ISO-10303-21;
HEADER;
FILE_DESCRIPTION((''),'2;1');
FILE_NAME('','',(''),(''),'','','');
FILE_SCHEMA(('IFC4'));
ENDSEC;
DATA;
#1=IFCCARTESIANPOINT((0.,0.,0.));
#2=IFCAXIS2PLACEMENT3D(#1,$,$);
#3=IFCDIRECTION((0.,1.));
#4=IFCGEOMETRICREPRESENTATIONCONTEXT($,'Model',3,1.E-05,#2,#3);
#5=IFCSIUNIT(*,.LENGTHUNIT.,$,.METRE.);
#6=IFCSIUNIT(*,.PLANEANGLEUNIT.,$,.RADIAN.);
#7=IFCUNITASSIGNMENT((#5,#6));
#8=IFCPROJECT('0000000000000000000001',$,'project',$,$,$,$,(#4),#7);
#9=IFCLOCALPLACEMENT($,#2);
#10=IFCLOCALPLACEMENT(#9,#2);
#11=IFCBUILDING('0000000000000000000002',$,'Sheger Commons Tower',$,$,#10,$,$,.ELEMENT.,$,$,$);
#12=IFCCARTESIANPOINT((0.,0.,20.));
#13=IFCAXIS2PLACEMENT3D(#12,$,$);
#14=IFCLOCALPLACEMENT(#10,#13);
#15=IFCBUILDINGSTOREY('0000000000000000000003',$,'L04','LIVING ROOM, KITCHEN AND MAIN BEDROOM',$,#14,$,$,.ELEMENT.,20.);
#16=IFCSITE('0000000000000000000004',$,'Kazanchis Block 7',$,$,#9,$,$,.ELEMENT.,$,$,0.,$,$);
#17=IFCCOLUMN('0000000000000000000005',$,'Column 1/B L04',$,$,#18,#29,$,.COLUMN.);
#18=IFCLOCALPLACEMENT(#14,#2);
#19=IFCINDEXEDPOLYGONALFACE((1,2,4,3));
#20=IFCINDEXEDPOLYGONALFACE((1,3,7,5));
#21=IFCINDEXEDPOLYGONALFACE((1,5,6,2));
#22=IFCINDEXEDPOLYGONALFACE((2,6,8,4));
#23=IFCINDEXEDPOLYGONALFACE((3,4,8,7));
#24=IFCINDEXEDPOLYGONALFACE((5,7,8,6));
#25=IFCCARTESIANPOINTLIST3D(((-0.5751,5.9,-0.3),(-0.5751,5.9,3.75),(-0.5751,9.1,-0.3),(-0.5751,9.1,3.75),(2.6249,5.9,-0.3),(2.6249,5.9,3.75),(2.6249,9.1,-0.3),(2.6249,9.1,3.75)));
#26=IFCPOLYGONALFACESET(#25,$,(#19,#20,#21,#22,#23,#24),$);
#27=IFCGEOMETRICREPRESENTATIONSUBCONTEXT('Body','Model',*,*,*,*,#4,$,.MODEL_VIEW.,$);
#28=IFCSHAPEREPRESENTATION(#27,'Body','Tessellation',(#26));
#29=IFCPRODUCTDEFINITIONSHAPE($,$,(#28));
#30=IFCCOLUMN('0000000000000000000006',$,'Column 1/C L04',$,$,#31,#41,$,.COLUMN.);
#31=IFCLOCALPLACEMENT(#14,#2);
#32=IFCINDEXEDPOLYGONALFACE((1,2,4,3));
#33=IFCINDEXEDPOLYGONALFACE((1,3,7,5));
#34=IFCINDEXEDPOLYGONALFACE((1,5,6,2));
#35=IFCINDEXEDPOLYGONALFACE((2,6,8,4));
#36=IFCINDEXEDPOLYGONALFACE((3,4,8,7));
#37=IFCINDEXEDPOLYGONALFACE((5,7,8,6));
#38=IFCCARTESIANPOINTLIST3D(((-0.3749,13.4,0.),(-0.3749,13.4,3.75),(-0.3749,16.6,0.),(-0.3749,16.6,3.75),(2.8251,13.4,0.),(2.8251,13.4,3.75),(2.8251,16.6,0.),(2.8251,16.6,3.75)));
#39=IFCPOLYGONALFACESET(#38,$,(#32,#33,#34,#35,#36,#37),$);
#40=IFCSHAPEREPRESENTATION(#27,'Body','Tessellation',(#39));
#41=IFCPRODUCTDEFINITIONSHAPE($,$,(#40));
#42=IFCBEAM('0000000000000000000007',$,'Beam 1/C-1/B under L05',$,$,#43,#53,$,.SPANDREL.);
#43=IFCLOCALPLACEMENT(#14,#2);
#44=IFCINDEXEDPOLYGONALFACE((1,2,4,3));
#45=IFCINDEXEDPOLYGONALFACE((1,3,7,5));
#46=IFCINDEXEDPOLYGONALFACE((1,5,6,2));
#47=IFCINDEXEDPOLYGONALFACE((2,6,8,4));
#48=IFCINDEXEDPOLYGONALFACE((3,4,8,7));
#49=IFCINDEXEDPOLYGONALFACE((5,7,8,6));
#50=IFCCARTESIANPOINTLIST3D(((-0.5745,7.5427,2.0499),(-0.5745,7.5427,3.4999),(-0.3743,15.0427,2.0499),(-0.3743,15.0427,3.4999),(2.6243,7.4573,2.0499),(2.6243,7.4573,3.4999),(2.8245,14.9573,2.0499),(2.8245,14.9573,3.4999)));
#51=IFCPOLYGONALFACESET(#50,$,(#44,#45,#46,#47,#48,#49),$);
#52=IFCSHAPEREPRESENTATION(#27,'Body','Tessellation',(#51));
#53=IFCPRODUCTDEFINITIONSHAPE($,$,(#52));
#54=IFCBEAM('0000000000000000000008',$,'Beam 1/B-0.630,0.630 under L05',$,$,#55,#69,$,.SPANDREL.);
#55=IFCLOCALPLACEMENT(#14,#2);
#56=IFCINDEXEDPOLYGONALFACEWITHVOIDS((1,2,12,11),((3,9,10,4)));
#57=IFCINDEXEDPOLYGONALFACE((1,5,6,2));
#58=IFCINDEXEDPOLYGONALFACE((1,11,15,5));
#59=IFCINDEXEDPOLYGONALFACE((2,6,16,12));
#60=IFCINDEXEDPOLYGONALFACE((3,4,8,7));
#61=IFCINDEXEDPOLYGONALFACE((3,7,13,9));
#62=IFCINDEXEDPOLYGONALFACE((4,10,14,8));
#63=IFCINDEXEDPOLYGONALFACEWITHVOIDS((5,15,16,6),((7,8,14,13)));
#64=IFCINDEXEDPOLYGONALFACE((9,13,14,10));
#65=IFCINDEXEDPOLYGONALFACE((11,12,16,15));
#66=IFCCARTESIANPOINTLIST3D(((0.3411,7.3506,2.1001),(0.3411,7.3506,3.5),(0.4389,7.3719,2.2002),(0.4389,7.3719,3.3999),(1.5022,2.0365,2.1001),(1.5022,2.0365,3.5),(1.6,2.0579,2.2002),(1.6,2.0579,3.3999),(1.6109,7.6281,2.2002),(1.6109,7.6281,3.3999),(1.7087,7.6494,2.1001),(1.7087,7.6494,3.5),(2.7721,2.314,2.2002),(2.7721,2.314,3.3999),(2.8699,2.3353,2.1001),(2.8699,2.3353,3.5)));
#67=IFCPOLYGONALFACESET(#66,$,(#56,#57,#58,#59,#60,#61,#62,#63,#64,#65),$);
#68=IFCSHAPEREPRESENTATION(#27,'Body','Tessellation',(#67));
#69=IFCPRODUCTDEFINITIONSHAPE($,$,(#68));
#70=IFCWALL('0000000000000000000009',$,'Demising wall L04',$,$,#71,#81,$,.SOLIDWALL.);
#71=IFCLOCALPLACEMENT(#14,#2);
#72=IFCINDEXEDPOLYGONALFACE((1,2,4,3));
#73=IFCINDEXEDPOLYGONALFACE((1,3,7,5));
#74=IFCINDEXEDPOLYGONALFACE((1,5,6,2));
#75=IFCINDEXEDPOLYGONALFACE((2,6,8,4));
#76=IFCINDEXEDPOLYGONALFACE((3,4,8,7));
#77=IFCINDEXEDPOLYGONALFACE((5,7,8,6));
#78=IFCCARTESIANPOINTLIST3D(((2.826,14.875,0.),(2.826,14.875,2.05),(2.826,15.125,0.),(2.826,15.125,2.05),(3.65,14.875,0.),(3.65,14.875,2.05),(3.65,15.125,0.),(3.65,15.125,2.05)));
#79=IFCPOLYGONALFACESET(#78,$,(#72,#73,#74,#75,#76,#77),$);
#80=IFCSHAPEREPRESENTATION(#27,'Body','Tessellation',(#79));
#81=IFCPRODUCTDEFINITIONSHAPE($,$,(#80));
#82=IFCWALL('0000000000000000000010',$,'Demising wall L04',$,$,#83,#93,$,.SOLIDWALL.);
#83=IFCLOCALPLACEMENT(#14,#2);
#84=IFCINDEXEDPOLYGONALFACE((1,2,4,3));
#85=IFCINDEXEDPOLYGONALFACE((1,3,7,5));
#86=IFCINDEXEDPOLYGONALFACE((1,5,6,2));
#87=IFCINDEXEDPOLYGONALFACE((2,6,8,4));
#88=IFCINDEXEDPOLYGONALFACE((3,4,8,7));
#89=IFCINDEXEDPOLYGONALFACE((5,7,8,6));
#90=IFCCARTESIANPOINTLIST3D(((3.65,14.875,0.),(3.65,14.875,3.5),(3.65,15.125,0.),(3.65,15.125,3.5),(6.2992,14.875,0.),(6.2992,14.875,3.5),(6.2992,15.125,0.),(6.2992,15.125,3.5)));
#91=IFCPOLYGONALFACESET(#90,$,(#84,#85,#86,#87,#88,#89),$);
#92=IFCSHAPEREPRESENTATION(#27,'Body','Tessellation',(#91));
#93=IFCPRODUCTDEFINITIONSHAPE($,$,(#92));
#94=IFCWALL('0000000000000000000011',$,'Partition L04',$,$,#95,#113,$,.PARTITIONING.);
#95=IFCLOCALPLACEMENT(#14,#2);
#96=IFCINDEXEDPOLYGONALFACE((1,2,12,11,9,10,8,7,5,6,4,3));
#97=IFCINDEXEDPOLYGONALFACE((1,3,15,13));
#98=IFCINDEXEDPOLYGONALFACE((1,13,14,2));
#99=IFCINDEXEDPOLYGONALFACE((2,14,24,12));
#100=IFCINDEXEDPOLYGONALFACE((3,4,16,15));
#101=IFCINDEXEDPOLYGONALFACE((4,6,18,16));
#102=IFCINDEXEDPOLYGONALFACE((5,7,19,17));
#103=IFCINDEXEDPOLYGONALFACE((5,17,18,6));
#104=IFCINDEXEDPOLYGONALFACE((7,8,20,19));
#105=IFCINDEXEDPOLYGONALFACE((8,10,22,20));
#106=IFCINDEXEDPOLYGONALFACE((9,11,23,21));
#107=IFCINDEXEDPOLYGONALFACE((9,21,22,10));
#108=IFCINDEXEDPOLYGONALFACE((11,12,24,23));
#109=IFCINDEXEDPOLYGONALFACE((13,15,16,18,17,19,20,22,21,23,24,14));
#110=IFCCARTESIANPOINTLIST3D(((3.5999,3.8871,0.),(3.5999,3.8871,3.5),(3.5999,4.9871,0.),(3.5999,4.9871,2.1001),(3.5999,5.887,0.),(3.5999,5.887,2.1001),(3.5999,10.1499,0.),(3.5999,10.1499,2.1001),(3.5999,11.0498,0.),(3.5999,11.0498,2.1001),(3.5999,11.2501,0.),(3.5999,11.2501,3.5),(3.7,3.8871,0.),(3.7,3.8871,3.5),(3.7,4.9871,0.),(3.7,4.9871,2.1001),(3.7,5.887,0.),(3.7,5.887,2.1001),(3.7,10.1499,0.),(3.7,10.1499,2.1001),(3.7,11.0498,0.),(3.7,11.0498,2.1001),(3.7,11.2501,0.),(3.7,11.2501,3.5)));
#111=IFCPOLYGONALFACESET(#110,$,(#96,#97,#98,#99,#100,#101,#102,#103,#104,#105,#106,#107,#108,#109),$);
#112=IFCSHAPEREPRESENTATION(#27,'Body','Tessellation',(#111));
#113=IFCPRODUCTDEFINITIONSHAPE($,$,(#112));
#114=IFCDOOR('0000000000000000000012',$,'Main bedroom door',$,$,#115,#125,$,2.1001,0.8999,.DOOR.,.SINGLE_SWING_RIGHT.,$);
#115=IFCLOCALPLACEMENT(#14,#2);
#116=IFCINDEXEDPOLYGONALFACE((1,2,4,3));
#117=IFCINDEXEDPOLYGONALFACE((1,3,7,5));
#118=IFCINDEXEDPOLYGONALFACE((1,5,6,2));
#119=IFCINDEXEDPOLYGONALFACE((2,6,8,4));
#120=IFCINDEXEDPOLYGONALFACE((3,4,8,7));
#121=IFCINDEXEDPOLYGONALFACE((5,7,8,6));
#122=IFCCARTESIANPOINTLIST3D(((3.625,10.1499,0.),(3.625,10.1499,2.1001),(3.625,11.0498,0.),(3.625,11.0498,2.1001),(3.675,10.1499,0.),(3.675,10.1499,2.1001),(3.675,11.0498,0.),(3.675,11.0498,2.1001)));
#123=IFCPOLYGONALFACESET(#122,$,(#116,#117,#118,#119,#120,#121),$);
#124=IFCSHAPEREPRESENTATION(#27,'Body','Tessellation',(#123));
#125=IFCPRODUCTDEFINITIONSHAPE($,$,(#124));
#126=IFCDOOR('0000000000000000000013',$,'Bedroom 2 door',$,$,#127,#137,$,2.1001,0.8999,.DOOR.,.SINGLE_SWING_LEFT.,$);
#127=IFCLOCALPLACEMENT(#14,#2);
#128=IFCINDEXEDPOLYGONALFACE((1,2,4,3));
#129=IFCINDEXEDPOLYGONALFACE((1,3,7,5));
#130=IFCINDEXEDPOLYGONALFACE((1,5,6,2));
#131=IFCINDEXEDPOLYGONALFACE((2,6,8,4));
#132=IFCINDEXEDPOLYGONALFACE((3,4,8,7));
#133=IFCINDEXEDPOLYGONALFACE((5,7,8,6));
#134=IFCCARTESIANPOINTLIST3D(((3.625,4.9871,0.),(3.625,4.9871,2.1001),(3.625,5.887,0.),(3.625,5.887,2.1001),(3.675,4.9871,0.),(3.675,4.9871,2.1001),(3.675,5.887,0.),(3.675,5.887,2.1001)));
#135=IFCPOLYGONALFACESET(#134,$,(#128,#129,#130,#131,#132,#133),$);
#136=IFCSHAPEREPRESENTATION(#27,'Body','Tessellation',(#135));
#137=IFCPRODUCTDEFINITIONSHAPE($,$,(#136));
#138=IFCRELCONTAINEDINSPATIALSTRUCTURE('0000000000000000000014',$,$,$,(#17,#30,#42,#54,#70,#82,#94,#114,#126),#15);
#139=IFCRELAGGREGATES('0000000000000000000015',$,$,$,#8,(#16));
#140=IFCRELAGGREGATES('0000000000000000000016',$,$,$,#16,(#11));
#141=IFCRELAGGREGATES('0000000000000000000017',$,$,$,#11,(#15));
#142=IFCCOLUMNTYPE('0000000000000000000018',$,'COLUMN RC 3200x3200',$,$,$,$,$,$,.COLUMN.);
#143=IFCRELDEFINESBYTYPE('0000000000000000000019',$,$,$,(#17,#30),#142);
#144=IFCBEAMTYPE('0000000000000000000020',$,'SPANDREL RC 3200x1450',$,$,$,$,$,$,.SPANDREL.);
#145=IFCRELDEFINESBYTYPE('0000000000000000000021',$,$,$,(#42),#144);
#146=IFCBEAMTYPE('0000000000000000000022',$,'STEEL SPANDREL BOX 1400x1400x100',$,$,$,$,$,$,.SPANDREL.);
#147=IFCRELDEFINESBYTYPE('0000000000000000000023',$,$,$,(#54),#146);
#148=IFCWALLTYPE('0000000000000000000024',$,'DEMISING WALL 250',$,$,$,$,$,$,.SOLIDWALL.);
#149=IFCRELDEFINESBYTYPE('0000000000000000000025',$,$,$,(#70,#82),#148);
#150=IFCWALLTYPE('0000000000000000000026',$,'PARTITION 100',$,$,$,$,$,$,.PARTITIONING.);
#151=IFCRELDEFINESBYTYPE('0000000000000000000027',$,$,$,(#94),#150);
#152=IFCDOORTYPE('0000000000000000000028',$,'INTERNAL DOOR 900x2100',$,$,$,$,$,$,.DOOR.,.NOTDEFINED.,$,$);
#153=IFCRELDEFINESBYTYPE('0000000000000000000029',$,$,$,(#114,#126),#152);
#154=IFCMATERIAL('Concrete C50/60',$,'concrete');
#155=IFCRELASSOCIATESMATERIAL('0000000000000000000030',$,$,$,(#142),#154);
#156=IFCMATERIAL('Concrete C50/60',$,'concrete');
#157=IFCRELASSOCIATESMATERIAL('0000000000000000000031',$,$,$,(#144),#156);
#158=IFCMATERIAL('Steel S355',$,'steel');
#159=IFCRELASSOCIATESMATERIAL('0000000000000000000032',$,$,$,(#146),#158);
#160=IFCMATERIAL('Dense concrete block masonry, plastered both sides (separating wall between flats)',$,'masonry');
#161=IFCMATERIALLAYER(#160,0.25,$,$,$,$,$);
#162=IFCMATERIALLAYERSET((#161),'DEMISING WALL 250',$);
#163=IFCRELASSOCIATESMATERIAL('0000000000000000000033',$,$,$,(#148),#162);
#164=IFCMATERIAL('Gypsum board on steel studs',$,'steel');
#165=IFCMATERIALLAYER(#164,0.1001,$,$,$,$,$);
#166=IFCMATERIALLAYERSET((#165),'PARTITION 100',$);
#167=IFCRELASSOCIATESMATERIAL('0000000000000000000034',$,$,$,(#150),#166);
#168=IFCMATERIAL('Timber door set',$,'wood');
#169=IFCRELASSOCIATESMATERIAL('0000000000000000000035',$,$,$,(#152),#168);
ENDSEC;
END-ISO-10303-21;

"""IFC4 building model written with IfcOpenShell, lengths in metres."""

from ifc_helpers import new_model, si_unit, direction, frame, frame_2d, origin, origin_2d, place, context, subcontext, project, spatial, rectangle, hollow_rectangle, extrude, material, layer, layer_set, material_profile, profile_set, type_object, element, fill, save


model = new_model("IFC4")

# Units and contexts
model_context = context("Model", 3, precision=1e-05, world=origin(), true_north=direction((0.0, 1.0)))
body_context = subcontext(model_context, "Body", "Model", "MODEL_VIEW")
ifc_project = project(units=[si_unit("LENGTHUNIT", "METRE"), si_unit("PLANEANGLEUNIT", "RADIAN")], contexts=[model_context])

# Site, building, storey
site_placement = place(None, origin())
site = spatial("IfcSite", under=ifc_project, at=site_placement, Name="Kazanchis Block 7", CompositionType="ELEMENT", RefElevation=0.0)
building_placement = place(site_placement, origin())
building = spatial("IfcBuilding", under=site, at=building_placement, Name="Sheger Commons Tower", CompositionType="ELEMENT")
storey_placement = place(building_placement, frame((0.0, 0.0, 20.0)))
storey = spatial("IfcBuildingStorey", under=building, at=storey_placement, Name="L04", Description="LIVING ROOM, KITCHEN AND MAIN BEDROOM", CompositionType="ELEMENT", Elevation=20.0)

# Columns
ifc_material_1 = material(Name="Concrete C50/60", Category="concrete")
ifc_material_profile_1 = material_profile(ifc_material_1, rectangle(XDim=3.2, YDim=3.2, at=origin_2d()), Name="RC 3200x3200")
ifc_profile_set_1 = profile_set([ifc_material_profile_1], Name="Concrete C50/60")
column_type = type_object("IfcColumnType", Name="COLUMN RC 3200x3200", PredefinedType="COLUMN", material=ifc_profile_set_1)
column_1_placement = place(storey_placement, frame((1.0249, 7.5, -0.3), z_axis=(0.0, 0.0, 1.0), x_axis=(1.0, 0.0, 0.0)))
element("IfcColumn", 1, at=column_1_placement, inside=storey, type_object=column_type, Name="Column 1/B L04", PredefinedType="COLUMN", context=body_context, shape_type="SweptSolid", body=[
    extrude(rectangle(XDim=3.2, YDim=3.2, at=origin_2d()), origin(), (0.0, 0.0, 1.0), 4.05),
])
column_2_placement = place(storey_placement, frame((1.2251, 15.0, 0.0), z_axis=(0.0, 0.0, 1.0), x_axis=(1.0, 0.0, 0.0)))
element("IfcColumn", 2, at=column_2_placement, inside=storey, type_object=column_type, Name="Column 1/C L04", PredefinedType="COLUMN", context=body_context, shape_type="SweptSolid", body=[
    extrude(rectangle(XDim=3.2, YDim=3.2, at=origin_2d()), origin(), (0.0, 0.0, 1.0), 3.75),
])

# Beams
ifc_material_2 = material(Name="Concrete C50/60", Category="concrete")
ifc_material_profile_2 = material_profile(ifc_material_2, rectangle(XDim=3.2, YDim=1.45, at=origin_2d()), Name="RC 3200x1450")
ifc_profile_set_2 = profile_set([ifc_material_profile_2], Name="Concrete C50/60")
beam_type_1 = type_object("IfcBeamType", Name="SPANDREL RC 3200x1450", PredefinedType="SPANDREL", material=ifc_profile_set_2)
beam_1_placement = place(storey_placement, frame((1.2251, 15.0, 2.7749), z_axis=(-0.026683, -0.999644, 0.0), x_axis=(0.999644, -0.026683, 0.0)))
element("IfcBeam", 3, at=beam_1_placement, inside=storey, type_object=beam_type_1, Name="Beam 1/C-1/B under L05", PredefinedType="SPANDREL", context=body_context, shape_type="SweptSolid", body=[
    extrude(rectangle(XDim=3.2, YDim=1.45, at=origin_2d()), origin(), (0.0, 0.0, 1.0), 7.5027),
])
ifc_material_3 = material(Name="Steel S355", Category="steel")
ifc_material_profile_3 = material_profile(ifc_material_3, hollow_rectangle(XDim=1.3999, YDim=1.3999, WallThickness=0.1001, at=origin_2d()), Name="BOX 1400x1400x100")
ifc_profile_set_3 = profile_set([ifc_material_profile_3], Name="Steel S355")
beam_type_2 = type_object("IfcBeamType", Name="STEEL SPANDREL BOX 1400x1400x100", PredefinedType="SPANDREL", material=ifc_profile_set_3)
beam_2_placement = place(storey_placement, frame((1.0249, 7.5, 2.8), z_axis=(0.213469, -0.97695, 0.0), x_axis=(0.97695, 0.213469, 0.0)))
element("IfcBeam", 4, at=beam_2_placement, inside=storey, type_object=beam_type_2, Name="Beam 1/B-0.630,0.630 under L05", PredefinedType="SPANDREL", context=body_context, shape_type="SweptSolid", body=[
    extrude(hollow_rectangle(XDim=1.3999, YDim=1.3999, WallThickness=0.1001, at=origin_2d()), origin(), (0.0, 0.0, 1.0), 5.4395),
])

# Walls
ifc_material_4 = material(Name="Dense concrete block masonry, plastered both sides (separating wall between flats)", Category="masonry")
ifc_layer_1 = layer(ifc_material_4, 0.25)
ifc_layer_set_1 = layer_set([ifc_layer_1], Name="DEMISING WALL 250")
wall_type_1 = type_object("IfcWallType", Name="DEMISING WALL 250", PredefinedType="SOLIDWALL", material=ifc_layer_set_1)
wall_1_placement = place(storey_placement, frame((2.8259, 15.0, 0.0), z_axis=(0.0, 0.0, 1.0), x_axis=(1.0, 0.0, 0.0)))
element("IfcWall", 5, at=wall_1_placement, inside=storey, type_object=wall_type_1, Name="Demising wall L04", PredefinedType="SOLIDWALL", context=body_context, shape_type="SweptSolid", body=[
    extrude(rectangle(XDim=0.824, YDim=0.25, at=frame_2d((0.4121, 0.0))), origin(), (0.0, 0.0, 1.0), 2.05),
])
wall_2_placement = place(storey_placement, frame((3.6499, 15.0, 0.0), z_axis=(0.0, 0.0, 1.0), x_axis=(1.0, 0.0, 0.0)))
element("IfcWall", 6, at=wall_2_placement, inside=storey, type_object=wall_type_1, Name="Demising wall L04", PredefinedType="SOLIDWALL", context=body_context, shape_type="SweptSolid", body=[
    extrude(rectangle(XDim=2.6492, YDim=0.25, at=frame_2d((1.3247, 0.0))), origin(), (0.0, 0.0, 1.0), 3.5),
])

# Wall, openings, doors
ifc_material_5 = material(Name="Gypsum board on steel studs", Category="steel")
ifc_layer_2 = layer(ifc_material_5, 0.1001)
ifc_layer_set_2 = layer_set([ifc_layer_2], Name="PARTITION 100")
wall_type_2 = type_object("IfcWallType", Name="PARTITION 100", PredefinedType="PARTITIONING", material=ifc_layer_set_2)
wall_3_placement = place(storey_placement, frame((3.6499, 3.887, 0.0), z_axis=(0.0, 0.0, 1.0), x_axis=(0.0, 1.0, 0.0)))
wall_3 = element("IfcWall", 7, at=wall_3_placement, inside=storey, type_object=wall_type_2, Name="Partition L04", PredefinedType="PARTITIONING", context=body_context, shape_type="SweptSolid", body=[
    extrude(rectangle(XDim=7.363, YDim=0.1001, at=frame_2d((3.6816, 0.0))), origin(), (0.0, 0.0, 1.0), 3.5),
])
opening_1_placement = place(wall_3_placement, frame((6.2629, 0.0, 0.0)))
opening_1 = element("IfcOpeningElement", 8, at=opening_1_placement, cuts=wall_3, PredefinedType="OPENING", context=body_context, shape_type="SweptSolid", body=[
    extrude(rectangle(XDim=0.8999, YDim=2.1001, at=frame_2d((0.45, 1.05))), frame((0.0, 0.0601, 0.0), z_axis=(0.0, -1.0, 0.0), x_axis=(1.0, 0.0, 0.0)), (0.0, 0.0, 1.0), 0.1201),
])
opening_2_placement = place(wall_3_placement, frame((1.1001, 0.0, 0.0)))
opening_2 = element("IfcOpeningElement", 9, at=opening_2_placement, cuts=wall_3, PredefinedType="OPENING", context=body_context, shape_type="SweptSolid", body=[
    extrude(rectangle(XDim=0.8999, YDim=2.1001, at=frame_2d((0.45, 1.05))), frame((0.0, 0.0601, 0.0), z_axis=(0.0, -1.0, 0.0), x_axis=(1.0, 0.0, 0.0)), (0.0, 0.0, 1.0), 0.1201),
])
ifc_material_6 = material(Name="Timber door set", Category="wood")
door_type = type_object("IfcDoorType", Name="INTERNAL DOOR 900x2100", OperationType="NOTDEFINED", PredefinedType="DOOR", material=ifc_material_6)
door_1_placement = place(opening_1_placement, origin())
door_1 = element("IfcDoor", 10, at=door_1_placement, inside=storey, type_object=door_type, Name="Main bedroom door", OperationType="SINGLE_SWING_RIGHT", OverallHeight=2.1001, OverallWidth=0.8999, PredefinedType="DOOR", context=body_context, shape_type="SweptSolid", body=[
    extrude(rectangle(XDim=0.8999, YDim=2.1001, at=frame_2d((0.45, 1.05))), frame((0.0, 0.0249, 0.0), z_axis=(0.0, -1.0, 0.0), x_axis=(1.0, 0.0, 0.0)), (0.0, 0.0, 1.0), 0.05),
])
fill(opening_1, door_1)
door_2_placement = place(opening_2_placement, origin())
door_2 = element("IfcDoor", 11, at=door_2_placement, inside=storey, type_object=door_type, Name="Bedroom 2 door", OperationType="SINGLE_SWING_LEFT", OverallHeight=2.1001, OverallWidth=0.8999, PredefinedType="DOOR", context=body_context, shape_type="SweptSolid", body=[
    extrude(rectangle(XDim=0.8999, YDim=2.1001, at=frame_2d((0.45, 1.05))), frame((0.0, 0.0249, 0.0), z_axis=(0.0, -1.0, 0.0), x_axis=(1.0, 0.0, 0.0)), (0.0, 0.0, 1.0), 0.05),
])
fill(opening_2, door_2)

save(model, "model.ifc")
